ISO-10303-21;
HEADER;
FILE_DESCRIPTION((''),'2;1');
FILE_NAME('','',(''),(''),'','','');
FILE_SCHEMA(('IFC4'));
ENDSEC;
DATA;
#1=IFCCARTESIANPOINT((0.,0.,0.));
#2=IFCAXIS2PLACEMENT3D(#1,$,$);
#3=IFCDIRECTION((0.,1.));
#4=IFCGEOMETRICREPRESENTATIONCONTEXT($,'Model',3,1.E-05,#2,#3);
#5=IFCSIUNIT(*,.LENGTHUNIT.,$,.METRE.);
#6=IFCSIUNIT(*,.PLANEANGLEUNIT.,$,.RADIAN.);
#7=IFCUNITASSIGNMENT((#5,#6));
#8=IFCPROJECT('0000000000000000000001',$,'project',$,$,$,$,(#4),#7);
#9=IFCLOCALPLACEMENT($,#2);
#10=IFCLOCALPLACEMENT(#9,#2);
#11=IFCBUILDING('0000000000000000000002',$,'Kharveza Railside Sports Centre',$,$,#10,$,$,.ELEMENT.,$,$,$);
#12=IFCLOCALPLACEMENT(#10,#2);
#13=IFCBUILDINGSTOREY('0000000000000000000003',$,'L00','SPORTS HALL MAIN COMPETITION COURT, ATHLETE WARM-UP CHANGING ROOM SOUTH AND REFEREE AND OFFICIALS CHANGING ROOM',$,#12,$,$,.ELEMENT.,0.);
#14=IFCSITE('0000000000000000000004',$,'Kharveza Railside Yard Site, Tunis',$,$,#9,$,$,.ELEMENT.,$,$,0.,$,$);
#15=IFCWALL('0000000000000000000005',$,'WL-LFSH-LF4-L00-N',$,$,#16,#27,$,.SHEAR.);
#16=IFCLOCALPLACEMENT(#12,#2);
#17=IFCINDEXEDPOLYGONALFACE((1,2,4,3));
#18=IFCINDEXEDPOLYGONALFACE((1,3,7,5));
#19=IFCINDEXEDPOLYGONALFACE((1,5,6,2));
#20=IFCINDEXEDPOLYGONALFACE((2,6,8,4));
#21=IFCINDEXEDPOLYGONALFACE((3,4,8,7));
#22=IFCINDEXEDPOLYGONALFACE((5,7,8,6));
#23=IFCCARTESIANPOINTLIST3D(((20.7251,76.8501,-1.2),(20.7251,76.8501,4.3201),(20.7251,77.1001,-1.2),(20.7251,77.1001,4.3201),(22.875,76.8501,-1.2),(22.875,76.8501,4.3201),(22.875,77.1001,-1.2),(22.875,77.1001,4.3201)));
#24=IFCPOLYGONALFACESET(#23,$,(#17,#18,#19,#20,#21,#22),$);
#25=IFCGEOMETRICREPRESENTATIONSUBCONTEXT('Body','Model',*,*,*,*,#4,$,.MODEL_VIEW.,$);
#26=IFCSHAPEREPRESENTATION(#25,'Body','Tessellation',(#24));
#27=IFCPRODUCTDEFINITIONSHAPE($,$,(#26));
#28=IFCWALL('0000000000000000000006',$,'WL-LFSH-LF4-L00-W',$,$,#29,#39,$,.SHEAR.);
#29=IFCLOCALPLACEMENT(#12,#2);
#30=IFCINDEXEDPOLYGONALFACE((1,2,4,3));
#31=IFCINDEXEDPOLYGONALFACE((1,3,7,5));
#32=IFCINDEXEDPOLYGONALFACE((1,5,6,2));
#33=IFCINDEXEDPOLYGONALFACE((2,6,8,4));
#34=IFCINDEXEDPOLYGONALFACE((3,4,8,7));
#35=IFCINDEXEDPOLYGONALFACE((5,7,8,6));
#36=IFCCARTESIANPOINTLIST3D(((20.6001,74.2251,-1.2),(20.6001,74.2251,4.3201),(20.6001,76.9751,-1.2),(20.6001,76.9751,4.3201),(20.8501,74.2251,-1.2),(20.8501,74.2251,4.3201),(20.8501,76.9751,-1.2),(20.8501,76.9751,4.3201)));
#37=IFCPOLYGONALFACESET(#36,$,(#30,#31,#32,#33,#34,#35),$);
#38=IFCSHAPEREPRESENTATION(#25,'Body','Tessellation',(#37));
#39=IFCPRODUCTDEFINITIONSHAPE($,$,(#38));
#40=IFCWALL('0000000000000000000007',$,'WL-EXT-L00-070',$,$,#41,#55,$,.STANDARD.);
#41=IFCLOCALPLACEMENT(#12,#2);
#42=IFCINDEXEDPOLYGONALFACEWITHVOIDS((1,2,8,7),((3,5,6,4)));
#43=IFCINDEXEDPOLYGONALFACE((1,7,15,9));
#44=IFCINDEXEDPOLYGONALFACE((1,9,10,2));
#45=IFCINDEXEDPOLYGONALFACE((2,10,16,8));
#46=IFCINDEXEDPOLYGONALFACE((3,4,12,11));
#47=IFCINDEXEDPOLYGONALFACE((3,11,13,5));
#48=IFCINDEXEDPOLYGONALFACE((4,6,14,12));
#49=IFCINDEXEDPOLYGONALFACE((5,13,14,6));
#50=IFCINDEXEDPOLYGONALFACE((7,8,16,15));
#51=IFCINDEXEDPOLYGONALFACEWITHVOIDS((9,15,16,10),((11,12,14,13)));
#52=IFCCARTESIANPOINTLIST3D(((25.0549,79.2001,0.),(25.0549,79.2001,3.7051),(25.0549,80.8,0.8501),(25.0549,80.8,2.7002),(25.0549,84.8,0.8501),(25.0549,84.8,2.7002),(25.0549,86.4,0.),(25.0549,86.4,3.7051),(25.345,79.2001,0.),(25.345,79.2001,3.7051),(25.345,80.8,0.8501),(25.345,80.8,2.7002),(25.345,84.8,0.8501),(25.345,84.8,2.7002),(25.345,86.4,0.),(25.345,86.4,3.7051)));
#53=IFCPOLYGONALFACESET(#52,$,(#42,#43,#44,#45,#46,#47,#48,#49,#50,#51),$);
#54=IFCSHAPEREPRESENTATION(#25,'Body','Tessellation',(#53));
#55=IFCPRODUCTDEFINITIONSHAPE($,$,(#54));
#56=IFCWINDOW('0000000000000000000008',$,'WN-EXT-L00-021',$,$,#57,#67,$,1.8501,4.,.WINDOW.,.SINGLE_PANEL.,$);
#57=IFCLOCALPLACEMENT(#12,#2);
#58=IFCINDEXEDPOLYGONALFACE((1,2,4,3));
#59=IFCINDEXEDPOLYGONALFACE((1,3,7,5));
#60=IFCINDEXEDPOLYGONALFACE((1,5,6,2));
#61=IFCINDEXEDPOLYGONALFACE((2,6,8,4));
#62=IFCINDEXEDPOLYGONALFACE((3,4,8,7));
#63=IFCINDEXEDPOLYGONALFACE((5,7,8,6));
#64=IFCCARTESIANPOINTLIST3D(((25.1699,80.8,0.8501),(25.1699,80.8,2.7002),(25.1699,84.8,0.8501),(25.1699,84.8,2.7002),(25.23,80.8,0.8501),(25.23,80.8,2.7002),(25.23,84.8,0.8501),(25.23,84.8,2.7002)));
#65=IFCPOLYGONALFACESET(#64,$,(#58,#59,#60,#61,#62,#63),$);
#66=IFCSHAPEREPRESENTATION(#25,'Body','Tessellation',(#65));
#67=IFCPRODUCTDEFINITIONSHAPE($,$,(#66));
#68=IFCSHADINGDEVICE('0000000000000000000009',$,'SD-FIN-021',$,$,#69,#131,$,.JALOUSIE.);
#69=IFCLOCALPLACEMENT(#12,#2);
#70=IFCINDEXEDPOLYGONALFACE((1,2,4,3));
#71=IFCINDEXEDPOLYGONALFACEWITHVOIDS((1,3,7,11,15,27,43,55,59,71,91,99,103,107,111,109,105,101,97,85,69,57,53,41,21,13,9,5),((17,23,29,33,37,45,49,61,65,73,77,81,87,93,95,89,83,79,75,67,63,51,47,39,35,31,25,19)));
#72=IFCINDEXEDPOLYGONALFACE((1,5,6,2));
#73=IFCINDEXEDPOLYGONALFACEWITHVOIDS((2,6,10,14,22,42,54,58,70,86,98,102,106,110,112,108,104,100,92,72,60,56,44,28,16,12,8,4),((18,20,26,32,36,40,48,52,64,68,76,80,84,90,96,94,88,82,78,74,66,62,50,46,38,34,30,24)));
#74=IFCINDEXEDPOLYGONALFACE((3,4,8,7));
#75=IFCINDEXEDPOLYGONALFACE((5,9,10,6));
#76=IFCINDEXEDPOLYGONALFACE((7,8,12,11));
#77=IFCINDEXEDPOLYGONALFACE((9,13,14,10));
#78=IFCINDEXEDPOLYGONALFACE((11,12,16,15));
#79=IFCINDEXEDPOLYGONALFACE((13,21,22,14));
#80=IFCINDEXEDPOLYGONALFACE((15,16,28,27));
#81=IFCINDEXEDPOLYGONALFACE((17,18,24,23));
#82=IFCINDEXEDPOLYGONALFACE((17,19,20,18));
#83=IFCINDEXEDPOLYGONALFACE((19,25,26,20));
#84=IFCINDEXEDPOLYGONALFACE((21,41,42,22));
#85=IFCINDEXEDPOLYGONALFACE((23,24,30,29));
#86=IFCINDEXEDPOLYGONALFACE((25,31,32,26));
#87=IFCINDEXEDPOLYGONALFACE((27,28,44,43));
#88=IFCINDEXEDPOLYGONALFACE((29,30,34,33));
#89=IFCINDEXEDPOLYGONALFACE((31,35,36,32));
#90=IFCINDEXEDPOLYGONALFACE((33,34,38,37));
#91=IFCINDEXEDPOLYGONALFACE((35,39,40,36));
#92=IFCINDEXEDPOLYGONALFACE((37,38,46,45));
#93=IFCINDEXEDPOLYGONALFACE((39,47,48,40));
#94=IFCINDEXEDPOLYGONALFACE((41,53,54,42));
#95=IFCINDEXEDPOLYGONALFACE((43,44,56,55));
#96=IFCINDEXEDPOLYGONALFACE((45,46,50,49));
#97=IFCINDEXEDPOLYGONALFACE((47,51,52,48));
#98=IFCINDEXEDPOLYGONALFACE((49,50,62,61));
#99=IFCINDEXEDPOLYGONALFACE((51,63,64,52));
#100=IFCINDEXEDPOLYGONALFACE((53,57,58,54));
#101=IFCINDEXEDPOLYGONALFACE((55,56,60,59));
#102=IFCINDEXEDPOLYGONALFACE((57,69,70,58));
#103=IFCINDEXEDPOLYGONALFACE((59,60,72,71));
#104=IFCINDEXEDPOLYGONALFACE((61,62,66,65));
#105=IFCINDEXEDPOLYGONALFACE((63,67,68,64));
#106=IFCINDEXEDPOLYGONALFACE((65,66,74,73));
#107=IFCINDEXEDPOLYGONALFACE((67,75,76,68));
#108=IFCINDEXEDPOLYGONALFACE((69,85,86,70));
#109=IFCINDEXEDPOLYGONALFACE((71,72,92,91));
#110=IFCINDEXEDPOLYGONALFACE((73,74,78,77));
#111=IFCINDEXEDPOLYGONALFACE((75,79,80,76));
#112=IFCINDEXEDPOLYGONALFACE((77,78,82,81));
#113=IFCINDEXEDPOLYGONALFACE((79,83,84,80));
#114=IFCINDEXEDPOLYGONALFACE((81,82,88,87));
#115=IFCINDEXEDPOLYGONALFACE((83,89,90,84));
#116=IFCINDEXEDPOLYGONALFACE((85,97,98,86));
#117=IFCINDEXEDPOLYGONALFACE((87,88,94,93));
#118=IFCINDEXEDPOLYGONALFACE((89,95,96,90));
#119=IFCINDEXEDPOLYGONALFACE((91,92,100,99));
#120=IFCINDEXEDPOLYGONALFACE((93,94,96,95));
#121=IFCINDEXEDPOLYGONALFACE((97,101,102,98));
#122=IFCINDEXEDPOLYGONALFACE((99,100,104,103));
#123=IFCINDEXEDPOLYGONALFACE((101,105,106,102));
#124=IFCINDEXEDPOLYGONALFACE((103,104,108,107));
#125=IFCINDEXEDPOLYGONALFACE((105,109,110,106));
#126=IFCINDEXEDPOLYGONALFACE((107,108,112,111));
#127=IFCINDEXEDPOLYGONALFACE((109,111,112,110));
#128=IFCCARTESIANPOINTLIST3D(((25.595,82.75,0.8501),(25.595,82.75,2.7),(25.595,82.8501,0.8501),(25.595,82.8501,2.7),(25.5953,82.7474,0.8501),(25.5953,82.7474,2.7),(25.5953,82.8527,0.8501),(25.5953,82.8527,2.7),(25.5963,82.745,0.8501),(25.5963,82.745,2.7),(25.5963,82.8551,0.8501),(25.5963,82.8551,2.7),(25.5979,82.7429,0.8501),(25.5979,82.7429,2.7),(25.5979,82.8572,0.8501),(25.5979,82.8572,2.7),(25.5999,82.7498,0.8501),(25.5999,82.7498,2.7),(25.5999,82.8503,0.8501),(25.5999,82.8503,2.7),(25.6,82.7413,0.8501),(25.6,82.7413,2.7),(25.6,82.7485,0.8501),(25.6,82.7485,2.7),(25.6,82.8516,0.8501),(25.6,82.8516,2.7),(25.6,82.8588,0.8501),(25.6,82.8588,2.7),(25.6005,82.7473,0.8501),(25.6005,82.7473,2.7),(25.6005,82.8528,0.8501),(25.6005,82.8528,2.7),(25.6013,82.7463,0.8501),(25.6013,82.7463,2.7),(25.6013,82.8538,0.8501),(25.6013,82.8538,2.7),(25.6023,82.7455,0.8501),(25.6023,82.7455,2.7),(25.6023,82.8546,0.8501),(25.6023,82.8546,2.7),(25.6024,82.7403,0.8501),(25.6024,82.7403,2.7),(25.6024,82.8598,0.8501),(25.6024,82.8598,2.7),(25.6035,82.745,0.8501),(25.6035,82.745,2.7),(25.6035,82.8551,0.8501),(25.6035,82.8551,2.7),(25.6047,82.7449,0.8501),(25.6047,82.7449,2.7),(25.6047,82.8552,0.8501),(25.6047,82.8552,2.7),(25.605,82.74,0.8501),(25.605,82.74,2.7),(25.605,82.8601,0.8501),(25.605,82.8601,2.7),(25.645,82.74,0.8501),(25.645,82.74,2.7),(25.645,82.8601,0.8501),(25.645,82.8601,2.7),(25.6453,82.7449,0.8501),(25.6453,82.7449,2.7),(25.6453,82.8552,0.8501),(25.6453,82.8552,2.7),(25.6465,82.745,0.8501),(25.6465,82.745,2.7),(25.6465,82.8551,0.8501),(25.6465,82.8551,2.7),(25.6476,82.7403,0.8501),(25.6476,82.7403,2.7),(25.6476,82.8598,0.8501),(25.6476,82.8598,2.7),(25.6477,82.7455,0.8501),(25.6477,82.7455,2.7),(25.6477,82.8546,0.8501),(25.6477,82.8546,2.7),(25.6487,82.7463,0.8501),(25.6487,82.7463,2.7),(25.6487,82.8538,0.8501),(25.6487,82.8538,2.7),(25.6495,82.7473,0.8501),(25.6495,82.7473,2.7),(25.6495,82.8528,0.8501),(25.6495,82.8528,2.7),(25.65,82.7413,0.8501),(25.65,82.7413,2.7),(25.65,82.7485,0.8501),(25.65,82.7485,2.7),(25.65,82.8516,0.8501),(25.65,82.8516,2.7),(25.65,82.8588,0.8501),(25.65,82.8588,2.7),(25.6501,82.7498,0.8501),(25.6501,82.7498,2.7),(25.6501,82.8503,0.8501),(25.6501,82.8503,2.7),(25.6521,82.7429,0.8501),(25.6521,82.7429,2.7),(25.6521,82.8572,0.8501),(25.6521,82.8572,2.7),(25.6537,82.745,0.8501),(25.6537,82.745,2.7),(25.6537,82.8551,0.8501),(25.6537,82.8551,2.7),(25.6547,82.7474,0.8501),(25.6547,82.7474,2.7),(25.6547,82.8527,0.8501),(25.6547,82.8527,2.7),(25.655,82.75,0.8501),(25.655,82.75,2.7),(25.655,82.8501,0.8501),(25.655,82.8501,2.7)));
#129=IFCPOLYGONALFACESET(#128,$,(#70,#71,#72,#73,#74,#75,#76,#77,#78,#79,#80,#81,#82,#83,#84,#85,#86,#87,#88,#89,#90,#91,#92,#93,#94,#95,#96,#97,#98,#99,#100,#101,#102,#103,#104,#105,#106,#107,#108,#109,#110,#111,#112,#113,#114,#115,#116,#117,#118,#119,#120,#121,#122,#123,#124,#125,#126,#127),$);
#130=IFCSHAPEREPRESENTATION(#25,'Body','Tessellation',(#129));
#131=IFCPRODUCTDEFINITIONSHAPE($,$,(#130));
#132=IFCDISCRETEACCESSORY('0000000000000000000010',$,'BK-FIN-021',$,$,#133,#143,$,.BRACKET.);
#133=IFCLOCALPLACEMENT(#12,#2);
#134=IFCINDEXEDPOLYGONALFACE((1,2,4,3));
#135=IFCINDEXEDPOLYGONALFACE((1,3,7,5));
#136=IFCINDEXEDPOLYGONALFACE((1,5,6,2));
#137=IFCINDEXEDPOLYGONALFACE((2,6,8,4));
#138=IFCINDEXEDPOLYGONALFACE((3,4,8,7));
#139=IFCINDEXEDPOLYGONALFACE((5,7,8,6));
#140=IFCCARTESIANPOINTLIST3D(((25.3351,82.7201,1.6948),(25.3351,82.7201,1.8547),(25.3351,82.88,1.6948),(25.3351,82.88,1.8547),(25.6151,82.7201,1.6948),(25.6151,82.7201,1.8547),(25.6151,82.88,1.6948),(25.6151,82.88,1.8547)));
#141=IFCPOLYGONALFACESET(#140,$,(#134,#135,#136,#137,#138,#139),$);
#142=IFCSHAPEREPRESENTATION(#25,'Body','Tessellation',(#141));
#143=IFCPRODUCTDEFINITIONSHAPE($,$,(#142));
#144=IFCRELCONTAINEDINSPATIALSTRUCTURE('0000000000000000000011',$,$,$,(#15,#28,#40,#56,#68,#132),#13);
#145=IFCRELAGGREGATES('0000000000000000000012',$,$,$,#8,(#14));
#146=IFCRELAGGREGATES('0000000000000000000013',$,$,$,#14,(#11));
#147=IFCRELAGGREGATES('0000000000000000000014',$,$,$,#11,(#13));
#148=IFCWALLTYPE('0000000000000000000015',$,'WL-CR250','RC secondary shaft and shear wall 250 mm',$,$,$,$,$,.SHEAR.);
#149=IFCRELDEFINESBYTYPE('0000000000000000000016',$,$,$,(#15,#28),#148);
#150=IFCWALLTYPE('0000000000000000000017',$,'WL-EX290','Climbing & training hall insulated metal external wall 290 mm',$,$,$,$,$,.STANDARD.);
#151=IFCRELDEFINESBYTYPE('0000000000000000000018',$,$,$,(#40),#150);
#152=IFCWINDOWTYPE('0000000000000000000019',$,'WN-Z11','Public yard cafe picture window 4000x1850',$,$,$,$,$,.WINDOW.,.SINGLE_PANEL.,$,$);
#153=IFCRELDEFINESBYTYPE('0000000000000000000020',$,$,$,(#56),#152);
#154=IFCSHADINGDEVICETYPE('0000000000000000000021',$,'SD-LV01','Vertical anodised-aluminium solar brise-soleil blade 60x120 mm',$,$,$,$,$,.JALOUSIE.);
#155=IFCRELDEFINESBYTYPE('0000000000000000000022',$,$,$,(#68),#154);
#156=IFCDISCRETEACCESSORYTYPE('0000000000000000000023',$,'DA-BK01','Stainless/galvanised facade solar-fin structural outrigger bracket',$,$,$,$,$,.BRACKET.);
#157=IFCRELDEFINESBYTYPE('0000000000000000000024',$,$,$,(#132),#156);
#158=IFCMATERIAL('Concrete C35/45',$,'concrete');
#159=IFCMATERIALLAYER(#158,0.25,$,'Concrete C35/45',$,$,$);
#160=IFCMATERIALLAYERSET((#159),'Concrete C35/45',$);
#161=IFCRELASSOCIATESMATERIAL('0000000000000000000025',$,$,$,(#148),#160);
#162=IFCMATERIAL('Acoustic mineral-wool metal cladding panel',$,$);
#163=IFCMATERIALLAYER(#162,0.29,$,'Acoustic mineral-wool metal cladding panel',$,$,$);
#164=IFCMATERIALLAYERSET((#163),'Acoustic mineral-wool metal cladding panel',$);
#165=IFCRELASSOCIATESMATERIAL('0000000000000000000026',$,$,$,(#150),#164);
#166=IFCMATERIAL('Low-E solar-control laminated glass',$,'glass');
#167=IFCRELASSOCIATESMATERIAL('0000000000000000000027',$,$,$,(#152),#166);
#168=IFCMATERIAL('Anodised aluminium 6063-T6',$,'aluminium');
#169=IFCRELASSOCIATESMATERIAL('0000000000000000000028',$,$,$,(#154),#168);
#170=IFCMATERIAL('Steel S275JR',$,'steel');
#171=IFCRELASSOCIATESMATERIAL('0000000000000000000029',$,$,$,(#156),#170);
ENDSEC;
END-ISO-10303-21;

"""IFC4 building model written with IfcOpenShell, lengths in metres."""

from ifc_helpers import new_model, si_unit, direction, frame, frame_2d, origin, origin_2d, place, context, subcontext, project, spatial, rectangle, hollow_rectangle, extrude, material, layer, layer_set, material_profile, profile_set, type_object, element, fill, save


model = new_model("IFC4")

# Units and contexts
model_context = context("Model", 3, precision=1e-05, world=origin(), true_north=direction((0.0, 1.0)))
body_context = subcontext(model_context, "Body", "Model", "MODEL_VIEW")
ifc_project = project(units=[si_unit("LENGTHUNIT", "METRE"), si_unit("PLANEANGLEUNIT", "RADIAN")], contexts=[model_context])

# Site, building, storey
site_placement = place(None, origin())
site = spatial("IfcSite", under=ifc_project, at=site_placement, Name="Kharveza Railside Yard Site, Tunis", CompositionType="ELEMENT", RefElevation=0.0)
building_placement = place(site_placement, origin())
building = spatial("IfcBuilding", under=site, at=building_placement, Name="Kharveza Railside Sports Centre", CompositionType="ELEMENT")
storey_placement = place(building_placement, origin())
storey = spatial("IfcBuildingStorey", under=building, at=storey_placement, Name="L00", Description="SPORTS HALL MAIN COMPETITION COURT, ATHLETE WARM-UP CHANGING ROOM SOUTH AND REFEREE AND OFFICIALS CHANGING ROOM", CompositionType="ELEMENT", Elevation=0.0)

# Shared definitions
ifc_material_1 = material(Name="Concrete C35/45", Category="concrete")

# Walls
ifc_layer_1 = layer(ifc_material_1, 0.25, Name="Concrete C35/45")
ifc_layer_set_1 = layer_set([ifc_layer_1], Name="Concrete C35/45")
wall_type_1 = type_object("IfcWallType", Name="WL-CR250", Description="RC secondary shaft and shear wall 250 mm", PredefinedType="SHEAR", material=ifc_layer_set_1)
wall_1_placement = place(storey_placement, frame((22.875, 76.9751, -1.2), z_axis=(0.0, 0.0, 1.0), x_axis=(-1.0, 0.0, 0.0)))
element("IfcWall", 1, at=wall_1_placement, inside=storey, type_object=wall_type_1, Name="WL-LFSH-LF4-L00-N", PredefinedType="SHEAR", context=body_context, shape_type="SweptSolid", body=[
    extrude(rectangle(XDim=2.1499, YDim=0.25, at=frame_2d((1.075, 0.0))), origin(), (0.0, 0.0, 1.0), 5.52),
])
wall_2_placement = place(storey_placement, frame((20.7251, 76.9751, -1.2), z_axis=(0.0, 0.0, 1.0), x_axis=(0.0, -1.0, 0.0)))
element("IfcWall", 2, at=wall_2_placement, inside=storey, type_object=wall_type_1, Name="WL-LFSH-LF4-L00-W", PredefinedType="SHEAR", context=body_context, shape_type="SweptSolid", body=[
    extrude(rectangle(XDim=2.75, YDim=0.25, at=frame_2d((1.375, 0.0))), origin(), (0.0, 0.0, 1.0), 5.52),
])

# Wall, opening, window
ifc_material_2 = material(Name="Acoustic mineral-wool metal cladding panel")
ifc_layer_2 = layer(ifc_material_2, 0.29, Name="Acoustic mineral-wool metal cladding panel")
ifc_layer_set_2 = layer_set([ifc_layer_2], Name="Acoustic mineral-wool metal cladding panel")
wall_type_2 = type_object("IfcWallType", Name="WL-EX290", Description="Climbing & training hall insulated metal external wall 290 mm", PredefinedType="STANDARD", material=ifc_layer_set_2)
wall_3_placement = place(storey_placement, frame((25.2, 79.2, 0.0), z_axis=(0.0, 0.0, 1.0), x_axis=(0.0, 1.0, 0.0)))
wall_3 = element("IfcWall", 3, at=wall_3_placement, inside=storey, type_object=wall_type_2, Name="WL-EXT-L00-070", PredefinedType="STANDARD", context=body_context, shape_type="SweptSolid", body=[
    extrude(rectangle(XDim=7.2, YDim=0.29, at=frame_2d((3.6001, 0.0))), origin(), (0.0, 0.0, 1.0), 3.7051),
])
opening_placement = place(wall_3_placement, frame((1.6001, 0.0, 0.8501)))
opening = element("IfcOpeningElement", 4, at=opening_placement, cuts=wall_3, PredefinedType="OPENING", context=body_context, shape_type="SweptSolid", body=[
    extrude(rectangle(XDim=4.0, YDim=1.8501, at=frame_2d((2.0, 0.925))), frame((0.0, 0.1699, 0.0), z_axis=(0.0, -1.0, 0.0), x_axis=(1.0, 0.0, 0.0)), (0.0, 0.0, 1.0), 0.3398),
])
ifc_material_3 = material(Name="Low-E solar-control laminated glass", Category="glass")
window_type = type_object("IfcWindowType", Name="WN-Z11", Description="Public yard cafe picture window 4000x1850", PartitioningType="SINGLE_PANEL", PredefinedType="WINDOW", material=ifc_material_3)
window_placement = place(opening_placement, origin())
window = element("IfcWindow", 5, at=window_placement, inside=storey, type_object=window_type, Name="WN-EXT-L00-021", OverallHeight=1.8501, OverallWidth=4.0, PartitioningType="SINGLE_PANEL", PredefinedType="WINDOW", context=body_context, shape_type="SweptSolid", body=[
    extrude(rectangle(XDim=4.0, YDim=1.8501, at=frame_2d((2.0, 0.925))), frame((0.0, 0.03, 0.0), z_axis=(0.0, -1.0, 0.0), x_axis=(1.0, 0.0, 0.0)), (0.0, 0.0, 1.0), 0.0601),
])
fill(opening, window)

# Shading device
ifc_material_4 = material(Name="Anodised aluminium 6063-T6", Category="aluminium")
ifc_material_profile_1 = material_profile(ifc_material_4, hollow_rectangle(XDim=0.0601, YDim=0.1201, WallThickness=0.0049, InnerFilletRadius=0.0049, OuterFilletRadius=0.01, at=origin_2d()), Name="RHS 60x120x5.0")
ifc_profile_set_1 = profile_set([ifc_material_profile_1], Name="Anodised aluminium 6063-T6")
shading_device_type = type_object("IfcShadingDeviceType", Name="SD-LV01", Description="Vertical anodised-aluminium solar brise-soleil blade 60x120 mm", PredefinedType="JALOUSIE", material=ifc_profile_set_1)
shading_device_placement = place(storey_placement, frame((25.625, 82.8, 0.8501), z_axis=(0.0, 0.0, 1.0), x_axis=(1.0, 0.0, 0.0)))
element("IfcShadingDevice", 6, at=shading_device_placement, inside=storey, type_object=shading_device_type, Name="SD-FIN-021", PredefinedType="JALOUSIE", context=body_context, shape_type="SweptSolid", body=[
    extrude(hollow_rectangle(XDim=0.0601, YDim=0.1201, WallThickness=0.0049, InnerFilletRadius=0.0049, OuterFilletRadius=0.01, at=origin_2d()), origin(), (0.0, 0.0, 1.0), 1.8499),
])

# Discrete accessory
ifc_material_5 = material(Name="Steel S275JR", Category="steel")
discrete_accessory_type = type_object("IfcDiscreteAccessoryType", Name="DA-BK01", Description="Stainless/galvanised facade solar-fin structural outrigger bracket", PredefinedType="BRACKET", material=ifc_material_5)
discrete_accessory_placement = place(storey_placement, frame((25.4751, 82.8, 1.6948), z_axis=(0.0, 0.0, 1.0), x_axis=(1.0, 0.0, 0.0)))
element("IfcDiscreteAccessory", 7, at=discrete_accessory_placement, inside=storey, type_object=discrete_accessory_type, Name="BK-FIN-021", PredefinedType="BRACKET", context=body_context, shape_type="SweptSolid", body=[
    extrude(rectangle(XDim=0.28, YDim=0.1599, at=origin_2d()), origin(), (0.0, 0.0, 1.0), 0.1599),
])

save(model, "model.ifc")
